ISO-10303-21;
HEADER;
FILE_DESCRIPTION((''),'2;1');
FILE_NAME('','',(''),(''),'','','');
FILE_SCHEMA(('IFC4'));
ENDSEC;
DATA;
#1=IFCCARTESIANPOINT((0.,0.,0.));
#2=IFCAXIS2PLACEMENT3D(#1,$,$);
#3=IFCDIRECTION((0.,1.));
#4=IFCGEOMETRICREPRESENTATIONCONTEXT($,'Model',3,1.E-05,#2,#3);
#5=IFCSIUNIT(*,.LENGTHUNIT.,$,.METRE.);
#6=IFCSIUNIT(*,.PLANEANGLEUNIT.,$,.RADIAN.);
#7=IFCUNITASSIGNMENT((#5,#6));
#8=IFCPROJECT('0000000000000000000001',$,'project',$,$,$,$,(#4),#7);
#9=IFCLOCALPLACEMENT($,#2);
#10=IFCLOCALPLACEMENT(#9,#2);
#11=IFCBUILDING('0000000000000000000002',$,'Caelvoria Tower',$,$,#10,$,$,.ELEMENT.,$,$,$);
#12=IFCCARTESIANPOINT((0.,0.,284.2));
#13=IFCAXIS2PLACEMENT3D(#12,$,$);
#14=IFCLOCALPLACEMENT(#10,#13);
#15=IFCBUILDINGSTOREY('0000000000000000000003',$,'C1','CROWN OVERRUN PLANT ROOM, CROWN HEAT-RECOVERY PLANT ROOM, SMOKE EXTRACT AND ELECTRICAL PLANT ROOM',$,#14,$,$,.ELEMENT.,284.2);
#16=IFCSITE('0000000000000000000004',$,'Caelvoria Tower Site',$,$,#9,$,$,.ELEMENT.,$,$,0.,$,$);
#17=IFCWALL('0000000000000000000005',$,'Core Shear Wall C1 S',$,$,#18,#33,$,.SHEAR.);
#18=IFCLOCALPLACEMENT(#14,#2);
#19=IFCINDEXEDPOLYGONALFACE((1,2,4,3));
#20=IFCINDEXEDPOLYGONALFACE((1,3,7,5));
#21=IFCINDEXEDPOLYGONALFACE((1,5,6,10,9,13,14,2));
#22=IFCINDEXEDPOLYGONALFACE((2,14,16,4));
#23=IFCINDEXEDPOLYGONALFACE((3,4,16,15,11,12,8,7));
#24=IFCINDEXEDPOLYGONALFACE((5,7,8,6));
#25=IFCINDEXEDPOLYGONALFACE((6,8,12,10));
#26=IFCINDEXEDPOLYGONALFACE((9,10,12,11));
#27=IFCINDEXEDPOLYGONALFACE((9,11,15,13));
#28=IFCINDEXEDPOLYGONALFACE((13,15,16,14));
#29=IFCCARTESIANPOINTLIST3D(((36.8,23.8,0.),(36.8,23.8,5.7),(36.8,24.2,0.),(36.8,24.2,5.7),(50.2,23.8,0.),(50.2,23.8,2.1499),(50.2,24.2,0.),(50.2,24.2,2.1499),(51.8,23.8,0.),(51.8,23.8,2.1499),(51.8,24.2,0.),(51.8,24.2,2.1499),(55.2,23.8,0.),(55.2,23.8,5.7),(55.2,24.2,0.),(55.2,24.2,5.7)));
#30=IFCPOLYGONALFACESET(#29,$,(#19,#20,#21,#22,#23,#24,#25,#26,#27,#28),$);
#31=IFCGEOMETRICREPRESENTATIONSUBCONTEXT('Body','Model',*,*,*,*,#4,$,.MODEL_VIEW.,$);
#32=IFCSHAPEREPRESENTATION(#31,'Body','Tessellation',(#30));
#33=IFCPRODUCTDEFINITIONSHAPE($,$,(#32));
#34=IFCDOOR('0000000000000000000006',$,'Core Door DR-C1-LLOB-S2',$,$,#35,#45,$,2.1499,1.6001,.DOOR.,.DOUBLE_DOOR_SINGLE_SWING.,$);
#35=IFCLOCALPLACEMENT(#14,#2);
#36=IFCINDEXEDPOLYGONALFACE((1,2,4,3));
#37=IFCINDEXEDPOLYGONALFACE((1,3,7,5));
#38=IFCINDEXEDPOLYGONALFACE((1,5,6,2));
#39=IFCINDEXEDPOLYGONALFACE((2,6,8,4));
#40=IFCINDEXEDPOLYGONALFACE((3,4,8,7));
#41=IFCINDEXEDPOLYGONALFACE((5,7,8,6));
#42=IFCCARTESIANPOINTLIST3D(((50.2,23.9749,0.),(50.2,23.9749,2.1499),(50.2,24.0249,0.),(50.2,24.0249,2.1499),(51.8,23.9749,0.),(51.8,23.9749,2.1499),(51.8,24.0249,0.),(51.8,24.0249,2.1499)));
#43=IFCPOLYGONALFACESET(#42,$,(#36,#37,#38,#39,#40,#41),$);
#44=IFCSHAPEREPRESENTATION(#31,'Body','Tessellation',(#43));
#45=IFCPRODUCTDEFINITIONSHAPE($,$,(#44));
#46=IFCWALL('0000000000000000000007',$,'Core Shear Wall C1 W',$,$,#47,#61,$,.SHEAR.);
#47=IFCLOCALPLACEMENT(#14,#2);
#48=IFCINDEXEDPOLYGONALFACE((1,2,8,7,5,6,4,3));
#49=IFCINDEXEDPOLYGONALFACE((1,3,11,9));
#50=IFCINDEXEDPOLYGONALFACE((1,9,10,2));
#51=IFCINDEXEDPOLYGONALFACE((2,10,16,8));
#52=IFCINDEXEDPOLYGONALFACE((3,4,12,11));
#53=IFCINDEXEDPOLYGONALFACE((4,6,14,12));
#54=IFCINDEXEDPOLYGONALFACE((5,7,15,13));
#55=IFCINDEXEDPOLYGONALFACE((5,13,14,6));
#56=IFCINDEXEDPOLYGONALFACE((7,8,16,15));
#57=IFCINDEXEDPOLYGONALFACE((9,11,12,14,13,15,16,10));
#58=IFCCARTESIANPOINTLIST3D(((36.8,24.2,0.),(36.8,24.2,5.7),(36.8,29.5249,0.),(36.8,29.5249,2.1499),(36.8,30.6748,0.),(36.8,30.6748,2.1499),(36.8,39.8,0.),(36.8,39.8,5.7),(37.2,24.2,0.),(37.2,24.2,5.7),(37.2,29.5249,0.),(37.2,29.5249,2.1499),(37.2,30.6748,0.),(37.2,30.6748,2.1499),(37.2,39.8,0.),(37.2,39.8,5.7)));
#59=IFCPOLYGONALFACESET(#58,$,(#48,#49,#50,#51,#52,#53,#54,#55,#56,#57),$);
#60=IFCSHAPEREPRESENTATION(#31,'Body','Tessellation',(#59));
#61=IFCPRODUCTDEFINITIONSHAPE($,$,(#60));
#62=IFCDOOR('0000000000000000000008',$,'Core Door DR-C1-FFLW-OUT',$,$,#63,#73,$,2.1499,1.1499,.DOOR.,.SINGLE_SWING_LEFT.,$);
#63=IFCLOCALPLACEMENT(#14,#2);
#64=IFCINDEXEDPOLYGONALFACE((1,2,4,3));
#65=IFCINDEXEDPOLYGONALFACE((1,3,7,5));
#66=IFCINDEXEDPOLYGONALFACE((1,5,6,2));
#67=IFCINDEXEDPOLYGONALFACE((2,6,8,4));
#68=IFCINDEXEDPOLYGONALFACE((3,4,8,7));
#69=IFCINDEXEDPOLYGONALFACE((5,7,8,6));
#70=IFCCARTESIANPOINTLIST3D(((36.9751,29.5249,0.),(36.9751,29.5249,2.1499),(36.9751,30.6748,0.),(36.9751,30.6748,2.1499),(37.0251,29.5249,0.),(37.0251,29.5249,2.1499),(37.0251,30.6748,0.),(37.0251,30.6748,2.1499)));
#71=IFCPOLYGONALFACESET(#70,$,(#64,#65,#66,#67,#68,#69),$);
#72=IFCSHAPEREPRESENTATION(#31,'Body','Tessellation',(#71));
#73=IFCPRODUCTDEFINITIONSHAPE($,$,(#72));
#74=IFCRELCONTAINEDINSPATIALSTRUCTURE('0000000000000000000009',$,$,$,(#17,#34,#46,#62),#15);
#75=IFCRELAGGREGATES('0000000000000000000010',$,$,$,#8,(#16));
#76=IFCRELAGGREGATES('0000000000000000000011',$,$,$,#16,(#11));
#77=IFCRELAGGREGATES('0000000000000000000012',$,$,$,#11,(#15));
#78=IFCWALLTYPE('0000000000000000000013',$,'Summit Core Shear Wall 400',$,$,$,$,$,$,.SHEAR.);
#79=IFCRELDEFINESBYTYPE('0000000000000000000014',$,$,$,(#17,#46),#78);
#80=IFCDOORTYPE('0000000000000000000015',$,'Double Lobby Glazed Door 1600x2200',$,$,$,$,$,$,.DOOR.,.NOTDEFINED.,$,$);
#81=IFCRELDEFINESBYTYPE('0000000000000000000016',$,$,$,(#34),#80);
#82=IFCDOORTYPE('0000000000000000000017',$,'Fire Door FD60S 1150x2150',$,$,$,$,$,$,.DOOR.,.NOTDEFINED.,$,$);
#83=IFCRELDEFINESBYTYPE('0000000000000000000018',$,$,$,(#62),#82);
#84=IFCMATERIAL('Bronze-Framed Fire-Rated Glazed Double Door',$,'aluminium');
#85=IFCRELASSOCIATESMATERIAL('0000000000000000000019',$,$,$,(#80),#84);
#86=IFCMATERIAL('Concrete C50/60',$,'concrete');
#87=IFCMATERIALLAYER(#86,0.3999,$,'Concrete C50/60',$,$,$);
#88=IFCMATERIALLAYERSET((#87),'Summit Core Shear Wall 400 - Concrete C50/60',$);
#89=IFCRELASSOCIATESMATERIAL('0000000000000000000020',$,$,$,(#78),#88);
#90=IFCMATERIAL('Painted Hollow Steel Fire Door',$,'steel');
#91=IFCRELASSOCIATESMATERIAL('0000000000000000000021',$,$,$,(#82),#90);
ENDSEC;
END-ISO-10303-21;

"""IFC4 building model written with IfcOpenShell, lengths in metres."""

from ifc_helpers import new_model, si_unit, direction, frame, frame_2d, origin, place, context, subcontext, project, spatial, rectangle, extrude, material, layer, layer_set, type_object, element, fill, save


model = new_model("IFC4")

# Units and contexts
model_context = context("Model", 3, precision=1e-05, world=origin(), true_north=direction((0.0, 1.0)))
body_context = subcontext(model_context, "Body", "Model", "MODEL_VIEW")
ifc_project = project(units=[si_unit("LENGTHUNIT", "METRE"), si_unit("PLANEANGLEUNIT", "RADIAN")], contexts=[model_context])

# Site, building, storey
site_placement = place(None, origin())
site = spatial("IfcSite", under=ifc_project, at=site_placement, Name="Caelvoria Tower Site", CompositionType="ELEMENT", RefElevation=0.0)
building_placement = place(site_placement, origin())
building = spatial("IfcBuilding", under=site, at=building_placement, Name="Caelvoria Tower", CompositionType="ELEMENT")
storey_placement = place(building_placement, frame((0.0, 0.0, 284.2)))
storey = spatial("IfcBuildingStorey", under=building, at=storey_placement, Name="C1", Description="CROWN OVERRUN PLANT ROOM, CROWN HEAT-RECOVERY PLANT ROOM, SMOKE EXTRACT AND ELECTRICAL PLANT ROOM", CompositionType="ELEMENT", Elevation=284.2)

# Shared definitions
ifc_material_1 = material(Name="Concrete C50/60", Category="concrete")
ifc_material_2 = material(Name="Painted Hollow Steel Fire Door", Category="steel")

# Walls, openings, doors
ifc_material_3 = material(Name="Bronze-Framed Fire-Rated Glazed Double Door", Category="aluminium")
door_type_1 = type_object("IfcDoorType", Name="Double Lobby Glazed Door 1600x2200", OperationType="NOTDEFINED", PredefinedType="DOOR", material=ifc_material_3)
ifc_layer_1 = layer(ifc_material_1, 0.3999, Name="Concrete C50/60")
ifc_layer_set_1 = layer_set([ifc_layer_1], Name="Summit Core Shear Wall 400 - Concrete C50/60")
wall_type_1 = type_object("IfcWallType", Name="Summit Core Shear Wall 400", PredefinedType="SHEAR", material=ifc_layer_set_1)
wall_1_placement = place(storey_placement, frame((36.8, 24.0, 0.0), z_axis=(0.0, 0.0, 1.0), x_axis=(1.0, 0.0, 0.0)))
wall_1 = element("IfcWall", 1, at=wall_1_placement, inside=storey, type_object=wall_type_1, Name="Core Shear Wall C1 S", PredefinedType="SHEAR", context=body_context, shape_type="SweptSolid", body=[
    extrude(rectangle(XDim=18.3999, YDim=0.3999, at=frame_2d((9.2, 0.0))), origin(), (0.0, 0.0, 1.0), 5.7),
])
opening_1_placement = place(wall_1_placement, frame((13.3999, 0.0, 0.0)))
opening_1 = element("IfcOpeningElement", 2, at=opening_1_placement, cuts=wall_1, PredefinedType="OPENING", context=body_context, shape_type="SweptSolid", body=[
    extrude(rectangle(XDim=1.6001, YDim=2.1499, at=frame_2d((0.8, 1.075))), frame((0.0, 0.21, 0.0), z_axis=(0.0, -1.0, 0.0), x_axis=(1.0, 0.0, 0.0)), (0.0, 0.0, 1.0), 0.4199),
])
door_1_placement = place(opening_1_placement, origin())
door_1 = element("IfcDoor", 3, at=door_1_placement, inside=storey, type_object=door_type_1, Name="Core Door DR-C1-LLOB-S2", OperationType="DOUBLE_DOOR_SINGLE_SWING", OverallHeight=2.1499, OverallWidth=1.6001, PredefinedType="DOOR", context=body_context, shape_type="SweptSolid", body=[
    extrude(rectangle(XDim=1.6001, YDim=2.1499, at=frame_2d((0.8, 1.075))), frame((0.0, 0.0249, 0.0), z_axis=(0.0, -1.0, 0.0), x_axis=(1.0, 0.0, 0.0)), (0.0, 0.0, 1.0), 0.05),
])
fill(opening_1, door_1)
wall_2_placement = place(storey_placement, frame((37.0, 24.2, 0.0), z_axis=(0.0, 0.0, 1.0), x_axis=(0.0, 1.0, 0.0)))
wall_2 = element("IfcWall", 4, at=wall_2_placement, inside=storey, type_object=wall_type_1, Name="Core Shear Wall C1 W", PredefinedType="SHEAR", context=body_context, shape_type="SweptSolid", body=[
    extrude(rectangle(XDim=15.6001, YDim=0.3999, at=frame_2d((7.8, 0.0))), origin(), (0.0, 0.0, 1.0), 5.7),
])
opening_2_placement = place(wall_2_placement, frame((5.325, 0.0, 0.0)))
opening_2 = element("IfcOpeningElement", 5, at=opening_2_placement, cuts=wall_2, PredefinedType="OPENING", context=body_context, shape_type="SweptSolid", body=[
    extrude(rectangle(XDim=1.1499, YDim=2.1499, at=frame_2d((0.575, 1.075))), frame((0.0, 0.21, 0.0), z_axis=(0.0, -1.0, 0.0), x_axis=(1.0, 0.0, 0.0)), (0.0, 0.0, 1.0), 0.4199),
])
door_type_2 = type_object("IfcDoorType", Name="Fire Door FD60S 1150x2150", OperationType="NOTDEFINED", PredefinedType="DOOR", material=ifc_material_2)
door_2_placement = place(opening_2_placement, origin())
door_2 = element("IfcDoor", 6, at=door_2_placement, inside=storey, type_object=door_type_2, Name="Core Door DR-C1-FFLW-OUT", OperationType="SINGLE_SWING_LEFT", OverallHeight=2.1499, OverallWidth=1.1499, PredefinedType="DOOR", context=body_context, shape_type="SweptSolid", body=[
    extrude(rectangle(XDim=1.1499, YDim=2.1499, at=frame_2d((0.575, 1.075))), frame((0.0, 0.0249, 0.0), z_axis=(0.0, -1.0, 0.0), x_axis=(1.0, 0.0, 0.0)), (0.0, 0.0, 1.0), 0.05),
])
fill(opening_2, door_2)

save(model, "model.ifc")
